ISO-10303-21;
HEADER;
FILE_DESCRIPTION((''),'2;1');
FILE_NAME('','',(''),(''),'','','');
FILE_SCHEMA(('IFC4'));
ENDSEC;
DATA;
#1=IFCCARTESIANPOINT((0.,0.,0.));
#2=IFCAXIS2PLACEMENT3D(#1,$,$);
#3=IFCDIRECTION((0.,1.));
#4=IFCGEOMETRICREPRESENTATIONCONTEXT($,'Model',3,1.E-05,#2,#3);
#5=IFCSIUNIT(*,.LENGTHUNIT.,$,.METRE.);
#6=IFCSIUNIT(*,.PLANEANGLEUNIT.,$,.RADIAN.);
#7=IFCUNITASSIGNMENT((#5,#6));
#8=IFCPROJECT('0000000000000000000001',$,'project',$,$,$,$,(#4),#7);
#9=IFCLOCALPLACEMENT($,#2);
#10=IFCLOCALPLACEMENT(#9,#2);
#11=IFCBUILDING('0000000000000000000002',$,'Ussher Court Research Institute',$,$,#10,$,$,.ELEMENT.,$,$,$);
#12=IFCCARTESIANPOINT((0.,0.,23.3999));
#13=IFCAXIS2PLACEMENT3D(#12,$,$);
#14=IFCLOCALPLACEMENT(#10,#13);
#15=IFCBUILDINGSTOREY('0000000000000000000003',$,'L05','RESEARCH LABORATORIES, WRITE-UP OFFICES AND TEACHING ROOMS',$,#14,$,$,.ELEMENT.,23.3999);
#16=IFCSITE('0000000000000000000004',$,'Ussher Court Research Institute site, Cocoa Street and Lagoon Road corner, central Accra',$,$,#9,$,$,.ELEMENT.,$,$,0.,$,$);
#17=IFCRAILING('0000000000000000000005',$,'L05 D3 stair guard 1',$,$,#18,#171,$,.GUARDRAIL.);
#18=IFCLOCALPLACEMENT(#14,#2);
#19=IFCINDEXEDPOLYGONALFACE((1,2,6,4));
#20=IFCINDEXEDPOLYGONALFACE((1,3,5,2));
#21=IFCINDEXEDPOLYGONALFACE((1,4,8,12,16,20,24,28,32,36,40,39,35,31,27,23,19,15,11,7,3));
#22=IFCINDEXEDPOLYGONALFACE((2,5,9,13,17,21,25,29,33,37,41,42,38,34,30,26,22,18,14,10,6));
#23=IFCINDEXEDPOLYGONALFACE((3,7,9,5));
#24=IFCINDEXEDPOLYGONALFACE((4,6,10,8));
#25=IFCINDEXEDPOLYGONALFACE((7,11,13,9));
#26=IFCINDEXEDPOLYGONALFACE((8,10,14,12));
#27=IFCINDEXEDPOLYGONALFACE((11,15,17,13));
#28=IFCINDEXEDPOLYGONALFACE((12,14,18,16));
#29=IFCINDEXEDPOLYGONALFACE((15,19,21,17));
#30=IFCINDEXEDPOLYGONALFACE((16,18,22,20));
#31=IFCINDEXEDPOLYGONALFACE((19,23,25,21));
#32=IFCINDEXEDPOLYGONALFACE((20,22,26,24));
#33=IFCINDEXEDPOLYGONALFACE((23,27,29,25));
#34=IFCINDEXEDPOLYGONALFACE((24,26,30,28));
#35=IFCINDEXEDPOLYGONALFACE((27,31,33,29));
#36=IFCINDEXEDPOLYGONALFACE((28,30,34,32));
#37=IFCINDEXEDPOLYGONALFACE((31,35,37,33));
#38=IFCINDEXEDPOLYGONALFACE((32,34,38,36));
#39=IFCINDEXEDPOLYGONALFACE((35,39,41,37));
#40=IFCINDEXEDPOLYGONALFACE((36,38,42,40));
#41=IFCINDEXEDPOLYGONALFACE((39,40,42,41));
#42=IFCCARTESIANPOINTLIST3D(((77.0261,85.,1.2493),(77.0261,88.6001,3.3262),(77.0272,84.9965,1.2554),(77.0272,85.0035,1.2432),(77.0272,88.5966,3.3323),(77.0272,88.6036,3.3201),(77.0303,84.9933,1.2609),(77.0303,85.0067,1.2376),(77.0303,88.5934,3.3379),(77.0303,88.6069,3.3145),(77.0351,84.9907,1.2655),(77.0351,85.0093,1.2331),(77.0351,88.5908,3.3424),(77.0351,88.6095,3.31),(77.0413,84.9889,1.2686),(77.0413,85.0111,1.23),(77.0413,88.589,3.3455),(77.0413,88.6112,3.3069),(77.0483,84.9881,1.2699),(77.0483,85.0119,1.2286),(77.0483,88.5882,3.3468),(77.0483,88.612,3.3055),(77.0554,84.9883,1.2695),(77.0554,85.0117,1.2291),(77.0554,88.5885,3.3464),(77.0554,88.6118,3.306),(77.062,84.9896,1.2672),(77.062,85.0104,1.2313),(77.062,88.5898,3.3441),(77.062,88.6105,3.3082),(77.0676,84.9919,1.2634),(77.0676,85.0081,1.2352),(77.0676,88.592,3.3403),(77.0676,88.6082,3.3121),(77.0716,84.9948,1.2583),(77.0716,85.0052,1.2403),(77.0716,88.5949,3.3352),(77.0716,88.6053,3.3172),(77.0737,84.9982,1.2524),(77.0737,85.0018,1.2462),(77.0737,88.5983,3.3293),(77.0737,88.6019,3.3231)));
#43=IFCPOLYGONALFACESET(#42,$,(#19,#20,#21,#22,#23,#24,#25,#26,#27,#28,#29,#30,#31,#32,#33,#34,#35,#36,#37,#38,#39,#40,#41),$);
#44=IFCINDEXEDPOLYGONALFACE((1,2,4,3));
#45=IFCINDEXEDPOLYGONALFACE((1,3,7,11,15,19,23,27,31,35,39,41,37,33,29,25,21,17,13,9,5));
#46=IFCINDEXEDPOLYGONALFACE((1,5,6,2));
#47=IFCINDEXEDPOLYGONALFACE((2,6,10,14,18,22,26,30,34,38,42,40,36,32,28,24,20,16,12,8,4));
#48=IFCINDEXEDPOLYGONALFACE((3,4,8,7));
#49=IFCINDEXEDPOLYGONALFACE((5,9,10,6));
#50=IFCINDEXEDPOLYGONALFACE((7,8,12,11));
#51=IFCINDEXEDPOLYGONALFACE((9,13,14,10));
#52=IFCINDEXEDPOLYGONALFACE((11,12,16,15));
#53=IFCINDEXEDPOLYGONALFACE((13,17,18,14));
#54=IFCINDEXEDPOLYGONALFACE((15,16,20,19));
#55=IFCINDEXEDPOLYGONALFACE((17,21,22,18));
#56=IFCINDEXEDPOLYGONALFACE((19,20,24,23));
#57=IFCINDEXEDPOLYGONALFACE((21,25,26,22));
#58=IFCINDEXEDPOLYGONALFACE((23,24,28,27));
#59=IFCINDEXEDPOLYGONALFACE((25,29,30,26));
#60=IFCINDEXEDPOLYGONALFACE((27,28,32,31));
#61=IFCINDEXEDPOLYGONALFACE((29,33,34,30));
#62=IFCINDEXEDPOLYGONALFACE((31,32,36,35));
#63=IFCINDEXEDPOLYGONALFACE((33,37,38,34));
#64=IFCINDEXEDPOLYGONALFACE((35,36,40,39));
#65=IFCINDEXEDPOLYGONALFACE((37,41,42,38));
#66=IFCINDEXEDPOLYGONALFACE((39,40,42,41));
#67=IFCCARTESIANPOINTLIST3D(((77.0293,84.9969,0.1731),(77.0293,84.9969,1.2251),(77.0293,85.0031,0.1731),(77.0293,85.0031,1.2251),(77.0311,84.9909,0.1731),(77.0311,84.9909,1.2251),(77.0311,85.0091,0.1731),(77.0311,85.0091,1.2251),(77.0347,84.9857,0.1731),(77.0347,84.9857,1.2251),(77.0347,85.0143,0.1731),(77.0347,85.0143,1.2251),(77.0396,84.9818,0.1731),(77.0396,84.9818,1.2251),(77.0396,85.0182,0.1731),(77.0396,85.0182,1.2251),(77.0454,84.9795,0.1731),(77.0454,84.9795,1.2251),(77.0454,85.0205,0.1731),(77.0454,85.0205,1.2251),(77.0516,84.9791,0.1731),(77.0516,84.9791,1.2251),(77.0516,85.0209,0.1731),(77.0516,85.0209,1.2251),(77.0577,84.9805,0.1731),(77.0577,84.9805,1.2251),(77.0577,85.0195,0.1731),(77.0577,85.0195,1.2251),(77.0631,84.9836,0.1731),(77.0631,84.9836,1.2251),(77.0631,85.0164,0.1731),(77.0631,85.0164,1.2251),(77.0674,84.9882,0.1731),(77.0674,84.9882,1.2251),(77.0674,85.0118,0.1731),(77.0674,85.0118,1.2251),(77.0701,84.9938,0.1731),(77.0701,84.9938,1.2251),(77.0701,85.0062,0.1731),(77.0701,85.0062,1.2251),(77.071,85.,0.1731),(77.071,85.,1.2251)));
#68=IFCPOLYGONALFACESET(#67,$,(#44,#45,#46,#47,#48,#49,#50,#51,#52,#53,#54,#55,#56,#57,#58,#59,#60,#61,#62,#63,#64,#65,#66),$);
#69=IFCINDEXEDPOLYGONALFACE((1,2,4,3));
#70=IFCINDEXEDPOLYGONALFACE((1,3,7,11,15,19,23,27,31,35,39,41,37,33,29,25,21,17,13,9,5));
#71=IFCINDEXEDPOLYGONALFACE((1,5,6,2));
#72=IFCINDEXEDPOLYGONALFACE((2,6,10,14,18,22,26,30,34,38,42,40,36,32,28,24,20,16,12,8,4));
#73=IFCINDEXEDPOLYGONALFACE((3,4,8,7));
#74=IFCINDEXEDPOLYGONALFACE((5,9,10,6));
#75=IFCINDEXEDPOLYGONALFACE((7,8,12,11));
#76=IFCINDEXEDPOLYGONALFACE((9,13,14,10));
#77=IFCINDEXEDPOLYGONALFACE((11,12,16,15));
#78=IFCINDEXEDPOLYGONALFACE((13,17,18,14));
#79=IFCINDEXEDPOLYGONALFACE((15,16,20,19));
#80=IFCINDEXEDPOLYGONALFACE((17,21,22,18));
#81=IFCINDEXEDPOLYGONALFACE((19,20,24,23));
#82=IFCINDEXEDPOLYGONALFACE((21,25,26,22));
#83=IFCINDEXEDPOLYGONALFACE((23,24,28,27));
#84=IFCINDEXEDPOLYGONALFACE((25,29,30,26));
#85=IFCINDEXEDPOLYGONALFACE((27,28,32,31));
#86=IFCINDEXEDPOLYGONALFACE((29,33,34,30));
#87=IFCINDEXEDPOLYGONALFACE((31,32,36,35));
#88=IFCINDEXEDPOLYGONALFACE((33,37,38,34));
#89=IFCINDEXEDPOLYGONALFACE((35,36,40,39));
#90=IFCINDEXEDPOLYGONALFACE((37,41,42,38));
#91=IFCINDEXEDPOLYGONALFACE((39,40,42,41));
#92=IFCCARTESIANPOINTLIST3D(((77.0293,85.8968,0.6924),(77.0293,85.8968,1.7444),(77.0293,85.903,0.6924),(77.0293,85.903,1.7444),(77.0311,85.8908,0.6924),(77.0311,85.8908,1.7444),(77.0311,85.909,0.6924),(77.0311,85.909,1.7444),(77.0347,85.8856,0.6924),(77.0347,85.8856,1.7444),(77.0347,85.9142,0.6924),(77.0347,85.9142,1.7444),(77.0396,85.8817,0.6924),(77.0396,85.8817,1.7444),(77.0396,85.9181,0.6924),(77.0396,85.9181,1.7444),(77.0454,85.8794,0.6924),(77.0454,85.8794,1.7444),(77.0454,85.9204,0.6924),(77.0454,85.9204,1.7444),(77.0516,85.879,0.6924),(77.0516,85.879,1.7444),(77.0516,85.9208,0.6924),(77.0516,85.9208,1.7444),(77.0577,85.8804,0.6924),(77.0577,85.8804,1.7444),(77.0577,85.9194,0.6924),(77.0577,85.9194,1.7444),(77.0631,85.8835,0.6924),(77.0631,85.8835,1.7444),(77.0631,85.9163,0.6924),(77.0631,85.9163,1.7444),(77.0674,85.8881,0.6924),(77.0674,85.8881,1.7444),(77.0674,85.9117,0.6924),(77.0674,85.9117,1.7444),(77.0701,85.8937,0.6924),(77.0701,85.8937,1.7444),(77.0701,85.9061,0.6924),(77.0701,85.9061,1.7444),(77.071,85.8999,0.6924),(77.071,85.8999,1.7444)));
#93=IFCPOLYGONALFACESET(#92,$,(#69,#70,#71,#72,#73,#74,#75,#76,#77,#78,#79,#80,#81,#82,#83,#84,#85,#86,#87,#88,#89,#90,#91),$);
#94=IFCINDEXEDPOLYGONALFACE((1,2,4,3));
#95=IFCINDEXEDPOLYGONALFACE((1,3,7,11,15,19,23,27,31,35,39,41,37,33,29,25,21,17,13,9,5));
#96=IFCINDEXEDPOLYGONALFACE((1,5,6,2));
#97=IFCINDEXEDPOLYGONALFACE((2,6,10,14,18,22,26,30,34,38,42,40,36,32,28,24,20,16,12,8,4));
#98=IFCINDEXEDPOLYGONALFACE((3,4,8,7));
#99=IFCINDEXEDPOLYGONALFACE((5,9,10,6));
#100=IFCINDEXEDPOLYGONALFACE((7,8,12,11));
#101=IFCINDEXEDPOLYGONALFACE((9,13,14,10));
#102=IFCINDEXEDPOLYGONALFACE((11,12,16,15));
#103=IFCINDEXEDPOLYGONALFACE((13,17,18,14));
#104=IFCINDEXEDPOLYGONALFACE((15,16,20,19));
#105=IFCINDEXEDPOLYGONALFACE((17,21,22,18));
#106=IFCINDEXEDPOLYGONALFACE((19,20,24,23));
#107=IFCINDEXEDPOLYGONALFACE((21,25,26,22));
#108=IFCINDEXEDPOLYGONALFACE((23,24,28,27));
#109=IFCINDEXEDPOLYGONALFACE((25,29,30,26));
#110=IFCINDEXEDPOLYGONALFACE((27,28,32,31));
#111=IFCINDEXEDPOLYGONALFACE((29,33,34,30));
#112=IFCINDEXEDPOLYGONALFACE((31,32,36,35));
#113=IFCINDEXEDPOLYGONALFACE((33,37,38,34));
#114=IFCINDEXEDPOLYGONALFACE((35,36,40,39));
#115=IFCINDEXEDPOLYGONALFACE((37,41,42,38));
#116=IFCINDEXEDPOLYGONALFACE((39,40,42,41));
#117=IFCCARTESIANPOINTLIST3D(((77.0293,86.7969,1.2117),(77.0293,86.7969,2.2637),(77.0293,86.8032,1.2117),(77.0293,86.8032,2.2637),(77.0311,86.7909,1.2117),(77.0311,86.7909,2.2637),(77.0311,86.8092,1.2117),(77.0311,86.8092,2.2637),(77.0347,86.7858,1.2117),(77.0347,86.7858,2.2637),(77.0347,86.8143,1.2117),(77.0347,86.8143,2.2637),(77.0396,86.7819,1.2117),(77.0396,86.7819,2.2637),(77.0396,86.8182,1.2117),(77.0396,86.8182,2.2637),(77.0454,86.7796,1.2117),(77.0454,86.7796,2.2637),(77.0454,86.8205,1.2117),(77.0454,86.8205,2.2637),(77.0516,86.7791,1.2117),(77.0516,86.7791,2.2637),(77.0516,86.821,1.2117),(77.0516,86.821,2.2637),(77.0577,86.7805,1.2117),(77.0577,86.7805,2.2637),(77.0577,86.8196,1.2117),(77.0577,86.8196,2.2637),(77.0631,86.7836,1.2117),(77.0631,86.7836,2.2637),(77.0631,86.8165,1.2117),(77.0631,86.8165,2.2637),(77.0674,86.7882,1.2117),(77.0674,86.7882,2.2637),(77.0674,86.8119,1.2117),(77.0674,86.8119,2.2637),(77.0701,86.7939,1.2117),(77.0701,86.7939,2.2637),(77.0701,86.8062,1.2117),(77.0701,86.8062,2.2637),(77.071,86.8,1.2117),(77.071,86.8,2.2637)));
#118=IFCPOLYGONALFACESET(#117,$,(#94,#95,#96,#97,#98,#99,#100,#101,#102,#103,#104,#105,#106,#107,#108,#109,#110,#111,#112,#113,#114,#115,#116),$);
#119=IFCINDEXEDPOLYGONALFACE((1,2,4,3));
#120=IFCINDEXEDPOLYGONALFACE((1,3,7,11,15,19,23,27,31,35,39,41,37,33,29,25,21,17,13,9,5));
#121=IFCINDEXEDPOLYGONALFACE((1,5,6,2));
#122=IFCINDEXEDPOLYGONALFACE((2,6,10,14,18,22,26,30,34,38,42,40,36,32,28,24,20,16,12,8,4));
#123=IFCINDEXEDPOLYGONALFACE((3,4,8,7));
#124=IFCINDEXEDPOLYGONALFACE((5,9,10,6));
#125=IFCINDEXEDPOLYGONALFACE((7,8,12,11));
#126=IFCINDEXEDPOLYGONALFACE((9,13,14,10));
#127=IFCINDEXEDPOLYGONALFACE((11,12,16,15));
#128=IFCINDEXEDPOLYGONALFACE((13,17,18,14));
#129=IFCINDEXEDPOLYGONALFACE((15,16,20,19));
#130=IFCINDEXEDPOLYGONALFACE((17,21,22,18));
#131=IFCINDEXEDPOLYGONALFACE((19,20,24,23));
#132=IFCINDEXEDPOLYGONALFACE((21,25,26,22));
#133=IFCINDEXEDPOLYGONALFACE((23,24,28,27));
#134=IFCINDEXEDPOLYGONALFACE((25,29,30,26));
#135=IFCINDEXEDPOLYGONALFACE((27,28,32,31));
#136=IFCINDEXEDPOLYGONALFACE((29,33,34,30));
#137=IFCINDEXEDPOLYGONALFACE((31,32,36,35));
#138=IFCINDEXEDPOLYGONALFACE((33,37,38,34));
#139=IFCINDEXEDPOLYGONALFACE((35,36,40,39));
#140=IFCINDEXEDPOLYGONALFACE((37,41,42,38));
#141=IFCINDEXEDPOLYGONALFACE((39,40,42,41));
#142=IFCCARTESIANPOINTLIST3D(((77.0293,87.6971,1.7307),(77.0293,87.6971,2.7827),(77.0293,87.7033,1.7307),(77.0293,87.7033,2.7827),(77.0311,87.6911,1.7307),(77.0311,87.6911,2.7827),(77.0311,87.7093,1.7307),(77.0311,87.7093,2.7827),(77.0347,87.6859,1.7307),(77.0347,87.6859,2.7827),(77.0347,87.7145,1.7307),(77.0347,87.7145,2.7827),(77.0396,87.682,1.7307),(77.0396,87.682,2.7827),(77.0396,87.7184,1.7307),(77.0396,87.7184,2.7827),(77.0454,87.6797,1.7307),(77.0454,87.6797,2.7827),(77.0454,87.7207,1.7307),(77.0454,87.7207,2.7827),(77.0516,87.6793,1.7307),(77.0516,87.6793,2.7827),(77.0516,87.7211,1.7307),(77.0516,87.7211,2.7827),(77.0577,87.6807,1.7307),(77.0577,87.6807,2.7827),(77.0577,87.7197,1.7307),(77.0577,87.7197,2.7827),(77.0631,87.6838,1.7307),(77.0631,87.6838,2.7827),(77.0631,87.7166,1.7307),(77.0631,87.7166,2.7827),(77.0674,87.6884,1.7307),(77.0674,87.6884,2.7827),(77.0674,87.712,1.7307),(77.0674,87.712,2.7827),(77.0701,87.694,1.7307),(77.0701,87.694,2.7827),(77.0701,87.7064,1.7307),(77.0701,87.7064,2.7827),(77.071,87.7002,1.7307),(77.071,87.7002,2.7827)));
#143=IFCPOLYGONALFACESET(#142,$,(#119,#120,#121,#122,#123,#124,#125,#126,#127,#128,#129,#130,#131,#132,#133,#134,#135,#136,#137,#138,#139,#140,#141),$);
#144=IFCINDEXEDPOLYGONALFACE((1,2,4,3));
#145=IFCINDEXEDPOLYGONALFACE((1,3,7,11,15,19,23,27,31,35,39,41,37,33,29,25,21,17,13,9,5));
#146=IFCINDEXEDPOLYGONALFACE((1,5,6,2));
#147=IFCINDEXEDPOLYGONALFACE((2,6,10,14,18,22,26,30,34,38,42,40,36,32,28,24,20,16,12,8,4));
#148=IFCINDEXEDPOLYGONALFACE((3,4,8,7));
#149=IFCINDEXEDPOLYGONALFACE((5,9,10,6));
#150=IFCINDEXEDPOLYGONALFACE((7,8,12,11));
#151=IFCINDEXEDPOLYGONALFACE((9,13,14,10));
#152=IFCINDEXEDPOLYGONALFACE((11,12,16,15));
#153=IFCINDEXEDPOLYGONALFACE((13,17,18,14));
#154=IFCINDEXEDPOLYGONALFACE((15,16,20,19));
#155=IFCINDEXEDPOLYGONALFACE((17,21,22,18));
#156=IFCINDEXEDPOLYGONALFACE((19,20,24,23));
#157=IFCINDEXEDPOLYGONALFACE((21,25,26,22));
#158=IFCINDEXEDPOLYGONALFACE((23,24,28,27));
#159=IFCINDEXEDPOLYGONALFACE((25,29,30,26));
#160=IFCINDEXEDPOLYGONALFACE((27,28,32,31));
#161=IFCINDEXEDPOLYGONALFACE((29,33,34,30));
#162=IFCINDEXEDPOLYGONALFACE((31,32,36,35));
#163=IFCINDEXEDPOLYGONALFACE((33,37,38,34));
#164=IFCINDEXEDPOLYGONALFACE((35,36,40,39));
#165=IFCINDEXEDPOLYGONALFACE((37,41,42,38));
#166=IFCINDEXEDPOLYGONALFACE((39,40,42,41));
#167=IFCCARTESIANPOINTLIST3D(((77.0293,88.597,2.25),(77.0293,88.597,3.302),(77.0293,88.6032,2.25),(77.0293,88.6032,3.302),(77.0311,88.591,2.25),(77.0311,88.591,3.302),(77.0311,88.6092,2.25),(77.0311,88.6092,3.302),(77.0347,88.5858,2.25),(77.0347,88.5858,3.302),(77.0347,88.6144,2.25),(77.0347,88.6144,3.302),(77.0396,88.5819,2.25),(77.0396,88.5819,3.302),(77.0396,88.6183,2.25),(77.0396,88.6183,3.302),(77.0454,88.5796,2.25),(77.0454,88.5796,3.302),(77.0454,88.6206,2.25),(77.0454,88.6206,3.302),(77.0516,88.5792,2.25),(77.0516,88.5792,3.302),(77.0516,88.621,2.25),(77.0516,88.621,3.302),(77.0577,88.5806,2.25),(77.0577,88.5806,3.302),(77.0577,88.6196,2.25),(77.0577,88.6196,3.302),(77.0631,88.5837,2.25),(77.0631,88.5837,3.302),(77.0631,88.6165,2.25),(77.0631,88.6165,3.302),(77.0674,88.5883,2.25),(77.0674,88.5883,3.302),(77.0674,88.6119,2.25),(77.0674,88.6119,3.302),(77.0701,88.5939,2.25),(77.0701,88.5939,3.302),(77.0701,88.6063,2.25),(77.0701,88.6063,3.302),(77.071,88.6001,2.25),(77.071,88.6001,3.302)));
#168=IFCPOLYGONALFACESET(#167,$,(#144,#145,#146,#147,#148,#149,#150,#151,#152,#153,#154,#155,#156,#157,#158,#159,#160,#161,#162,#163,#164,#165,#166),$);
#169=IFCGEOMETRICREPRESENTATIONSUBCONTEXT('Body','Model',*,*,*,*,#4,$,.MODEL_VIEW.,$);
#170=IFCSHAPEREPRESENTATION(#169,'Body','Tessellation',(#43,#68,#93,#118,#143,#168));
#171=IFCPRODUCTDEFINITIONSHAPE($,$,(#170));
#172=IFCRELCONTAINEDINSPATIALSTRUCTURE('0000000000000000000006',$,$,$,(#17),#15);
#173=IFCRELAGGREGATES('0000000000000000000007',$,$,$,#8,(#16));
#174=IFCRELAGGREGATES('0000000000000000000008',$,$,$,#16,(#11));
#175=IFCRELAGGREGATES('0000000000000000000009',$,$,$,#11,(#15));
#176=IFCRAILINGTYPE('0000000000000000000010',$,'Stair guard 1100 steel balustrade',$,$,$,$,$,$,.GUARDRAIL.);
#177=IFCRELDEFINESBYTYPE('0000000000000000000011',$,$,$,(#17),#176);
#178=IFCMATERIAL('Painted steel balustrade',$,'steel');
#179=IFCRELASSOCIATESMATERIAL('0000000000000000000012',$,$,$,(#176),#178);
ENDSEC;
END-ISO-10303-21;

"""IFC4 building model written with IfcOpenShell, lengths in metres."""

from ifc_helpers import new_model, si_unit, direction, frame, origin, origin_2d, place, context, subcontext, project, spatial, circle, extrude, material, type_object, element, save


model = new_model("IFC4")

# Units and contexts
model_context = context("Model", 3, precision=1e-05, world=origin(), true_north=direction((0.0, 1.0)))
body_context = subcontext(model_context, "Body", "Model", "MODEL_VIEW")
ifc_project = project(units=[si_unit("LENGTHUNIT", "METRE"), si_unit("PLANEANGLEUNIT", "RADIAN")], contexts=[model_context])

# Site, building, storey
site_placement = place(None, origin())
site = spatial("IfcSite", under=ifc_project, at=site_placement, Name="Ussher Court Research Institute site, Cocoa Street and Lagoon Road corner, central Accra", CompositionType="ELEMENT", RefElevation=0.0)
building_placement = place(site_placement, origin())
building = spatial("IfcBuilding", under=site, at=building_placement, Name="Ussher Court Research Institute", CompositionType="ELEMENT")
storey_placement = place(building_placement, frame((0.0, 0.0, 23.3999)))
storey = spatial("IfcBuildingStorey", under=building, at=storey_placement, Name="L05", Description="RESEARCH LABORATORIES, WRITE-UP OFFICES AND TEACHING ROOMS", CompositionType="ELEMENT", Elevation=23.3999)

# Railing
ifc_material_1 = material(Name="Painted steel balustrade", Category="steel")
railing_type_1 = type_object("IfcRailingType", Name="Stair guard 1100 steel balustrade", PredefinedType="GUARDRAIL", material=ifc_material_1)
railing_1_placement = place(storey_placement, frame((77.05, 85.0, 0.1731)))
element("IfcRailing", 1, at=railing_1_placement, inside=storey, type_object=railing_type_1, Name="L05 D3 stair guard 1", PredefinedType="GUARDRAIL", context=body_context, shape_type="SweptSolid", body=[
    extrude(circle(Radius=0.0239, at=origin_2d()), frame((0.0, 0.0, 1.0762), z_axis=(0.0, 0.866193, 0.499709), x_axis=(-1.0, 0.0, 0.0)), (0.0, 0.0, 1.0), 4.1562),
    extrude(circle(Radius=0.021, at=origin_2d()), origin(), (0.0, 0.0, 1.0), 1.052),
    extrude(circle(Radius=0.021, at=origin_2d()), frame((0.0, 0.8999, 0.5193)), (0.0, 0.0, 1.0), 1.052),
    extrude(circle(Radius=0.021, at=origin_2d()), frame((0.0, 1.8, 1.0386)), (0.0, 0.0, 1.0), 1.052),
    extrude(circle(Radius=0.021, at=origin_2d()), frame((0.0, 2.7002, 1.5576)), (0.0, 0.0, 1.0), 1.052),
    extrude(circle(Radius=0.021, at=origin_2d()), frame((0.0, 3.6001, 2.0769)), (0.0, 0.0, 1.0), 1.052),
])

save(model, "model.ifc")
